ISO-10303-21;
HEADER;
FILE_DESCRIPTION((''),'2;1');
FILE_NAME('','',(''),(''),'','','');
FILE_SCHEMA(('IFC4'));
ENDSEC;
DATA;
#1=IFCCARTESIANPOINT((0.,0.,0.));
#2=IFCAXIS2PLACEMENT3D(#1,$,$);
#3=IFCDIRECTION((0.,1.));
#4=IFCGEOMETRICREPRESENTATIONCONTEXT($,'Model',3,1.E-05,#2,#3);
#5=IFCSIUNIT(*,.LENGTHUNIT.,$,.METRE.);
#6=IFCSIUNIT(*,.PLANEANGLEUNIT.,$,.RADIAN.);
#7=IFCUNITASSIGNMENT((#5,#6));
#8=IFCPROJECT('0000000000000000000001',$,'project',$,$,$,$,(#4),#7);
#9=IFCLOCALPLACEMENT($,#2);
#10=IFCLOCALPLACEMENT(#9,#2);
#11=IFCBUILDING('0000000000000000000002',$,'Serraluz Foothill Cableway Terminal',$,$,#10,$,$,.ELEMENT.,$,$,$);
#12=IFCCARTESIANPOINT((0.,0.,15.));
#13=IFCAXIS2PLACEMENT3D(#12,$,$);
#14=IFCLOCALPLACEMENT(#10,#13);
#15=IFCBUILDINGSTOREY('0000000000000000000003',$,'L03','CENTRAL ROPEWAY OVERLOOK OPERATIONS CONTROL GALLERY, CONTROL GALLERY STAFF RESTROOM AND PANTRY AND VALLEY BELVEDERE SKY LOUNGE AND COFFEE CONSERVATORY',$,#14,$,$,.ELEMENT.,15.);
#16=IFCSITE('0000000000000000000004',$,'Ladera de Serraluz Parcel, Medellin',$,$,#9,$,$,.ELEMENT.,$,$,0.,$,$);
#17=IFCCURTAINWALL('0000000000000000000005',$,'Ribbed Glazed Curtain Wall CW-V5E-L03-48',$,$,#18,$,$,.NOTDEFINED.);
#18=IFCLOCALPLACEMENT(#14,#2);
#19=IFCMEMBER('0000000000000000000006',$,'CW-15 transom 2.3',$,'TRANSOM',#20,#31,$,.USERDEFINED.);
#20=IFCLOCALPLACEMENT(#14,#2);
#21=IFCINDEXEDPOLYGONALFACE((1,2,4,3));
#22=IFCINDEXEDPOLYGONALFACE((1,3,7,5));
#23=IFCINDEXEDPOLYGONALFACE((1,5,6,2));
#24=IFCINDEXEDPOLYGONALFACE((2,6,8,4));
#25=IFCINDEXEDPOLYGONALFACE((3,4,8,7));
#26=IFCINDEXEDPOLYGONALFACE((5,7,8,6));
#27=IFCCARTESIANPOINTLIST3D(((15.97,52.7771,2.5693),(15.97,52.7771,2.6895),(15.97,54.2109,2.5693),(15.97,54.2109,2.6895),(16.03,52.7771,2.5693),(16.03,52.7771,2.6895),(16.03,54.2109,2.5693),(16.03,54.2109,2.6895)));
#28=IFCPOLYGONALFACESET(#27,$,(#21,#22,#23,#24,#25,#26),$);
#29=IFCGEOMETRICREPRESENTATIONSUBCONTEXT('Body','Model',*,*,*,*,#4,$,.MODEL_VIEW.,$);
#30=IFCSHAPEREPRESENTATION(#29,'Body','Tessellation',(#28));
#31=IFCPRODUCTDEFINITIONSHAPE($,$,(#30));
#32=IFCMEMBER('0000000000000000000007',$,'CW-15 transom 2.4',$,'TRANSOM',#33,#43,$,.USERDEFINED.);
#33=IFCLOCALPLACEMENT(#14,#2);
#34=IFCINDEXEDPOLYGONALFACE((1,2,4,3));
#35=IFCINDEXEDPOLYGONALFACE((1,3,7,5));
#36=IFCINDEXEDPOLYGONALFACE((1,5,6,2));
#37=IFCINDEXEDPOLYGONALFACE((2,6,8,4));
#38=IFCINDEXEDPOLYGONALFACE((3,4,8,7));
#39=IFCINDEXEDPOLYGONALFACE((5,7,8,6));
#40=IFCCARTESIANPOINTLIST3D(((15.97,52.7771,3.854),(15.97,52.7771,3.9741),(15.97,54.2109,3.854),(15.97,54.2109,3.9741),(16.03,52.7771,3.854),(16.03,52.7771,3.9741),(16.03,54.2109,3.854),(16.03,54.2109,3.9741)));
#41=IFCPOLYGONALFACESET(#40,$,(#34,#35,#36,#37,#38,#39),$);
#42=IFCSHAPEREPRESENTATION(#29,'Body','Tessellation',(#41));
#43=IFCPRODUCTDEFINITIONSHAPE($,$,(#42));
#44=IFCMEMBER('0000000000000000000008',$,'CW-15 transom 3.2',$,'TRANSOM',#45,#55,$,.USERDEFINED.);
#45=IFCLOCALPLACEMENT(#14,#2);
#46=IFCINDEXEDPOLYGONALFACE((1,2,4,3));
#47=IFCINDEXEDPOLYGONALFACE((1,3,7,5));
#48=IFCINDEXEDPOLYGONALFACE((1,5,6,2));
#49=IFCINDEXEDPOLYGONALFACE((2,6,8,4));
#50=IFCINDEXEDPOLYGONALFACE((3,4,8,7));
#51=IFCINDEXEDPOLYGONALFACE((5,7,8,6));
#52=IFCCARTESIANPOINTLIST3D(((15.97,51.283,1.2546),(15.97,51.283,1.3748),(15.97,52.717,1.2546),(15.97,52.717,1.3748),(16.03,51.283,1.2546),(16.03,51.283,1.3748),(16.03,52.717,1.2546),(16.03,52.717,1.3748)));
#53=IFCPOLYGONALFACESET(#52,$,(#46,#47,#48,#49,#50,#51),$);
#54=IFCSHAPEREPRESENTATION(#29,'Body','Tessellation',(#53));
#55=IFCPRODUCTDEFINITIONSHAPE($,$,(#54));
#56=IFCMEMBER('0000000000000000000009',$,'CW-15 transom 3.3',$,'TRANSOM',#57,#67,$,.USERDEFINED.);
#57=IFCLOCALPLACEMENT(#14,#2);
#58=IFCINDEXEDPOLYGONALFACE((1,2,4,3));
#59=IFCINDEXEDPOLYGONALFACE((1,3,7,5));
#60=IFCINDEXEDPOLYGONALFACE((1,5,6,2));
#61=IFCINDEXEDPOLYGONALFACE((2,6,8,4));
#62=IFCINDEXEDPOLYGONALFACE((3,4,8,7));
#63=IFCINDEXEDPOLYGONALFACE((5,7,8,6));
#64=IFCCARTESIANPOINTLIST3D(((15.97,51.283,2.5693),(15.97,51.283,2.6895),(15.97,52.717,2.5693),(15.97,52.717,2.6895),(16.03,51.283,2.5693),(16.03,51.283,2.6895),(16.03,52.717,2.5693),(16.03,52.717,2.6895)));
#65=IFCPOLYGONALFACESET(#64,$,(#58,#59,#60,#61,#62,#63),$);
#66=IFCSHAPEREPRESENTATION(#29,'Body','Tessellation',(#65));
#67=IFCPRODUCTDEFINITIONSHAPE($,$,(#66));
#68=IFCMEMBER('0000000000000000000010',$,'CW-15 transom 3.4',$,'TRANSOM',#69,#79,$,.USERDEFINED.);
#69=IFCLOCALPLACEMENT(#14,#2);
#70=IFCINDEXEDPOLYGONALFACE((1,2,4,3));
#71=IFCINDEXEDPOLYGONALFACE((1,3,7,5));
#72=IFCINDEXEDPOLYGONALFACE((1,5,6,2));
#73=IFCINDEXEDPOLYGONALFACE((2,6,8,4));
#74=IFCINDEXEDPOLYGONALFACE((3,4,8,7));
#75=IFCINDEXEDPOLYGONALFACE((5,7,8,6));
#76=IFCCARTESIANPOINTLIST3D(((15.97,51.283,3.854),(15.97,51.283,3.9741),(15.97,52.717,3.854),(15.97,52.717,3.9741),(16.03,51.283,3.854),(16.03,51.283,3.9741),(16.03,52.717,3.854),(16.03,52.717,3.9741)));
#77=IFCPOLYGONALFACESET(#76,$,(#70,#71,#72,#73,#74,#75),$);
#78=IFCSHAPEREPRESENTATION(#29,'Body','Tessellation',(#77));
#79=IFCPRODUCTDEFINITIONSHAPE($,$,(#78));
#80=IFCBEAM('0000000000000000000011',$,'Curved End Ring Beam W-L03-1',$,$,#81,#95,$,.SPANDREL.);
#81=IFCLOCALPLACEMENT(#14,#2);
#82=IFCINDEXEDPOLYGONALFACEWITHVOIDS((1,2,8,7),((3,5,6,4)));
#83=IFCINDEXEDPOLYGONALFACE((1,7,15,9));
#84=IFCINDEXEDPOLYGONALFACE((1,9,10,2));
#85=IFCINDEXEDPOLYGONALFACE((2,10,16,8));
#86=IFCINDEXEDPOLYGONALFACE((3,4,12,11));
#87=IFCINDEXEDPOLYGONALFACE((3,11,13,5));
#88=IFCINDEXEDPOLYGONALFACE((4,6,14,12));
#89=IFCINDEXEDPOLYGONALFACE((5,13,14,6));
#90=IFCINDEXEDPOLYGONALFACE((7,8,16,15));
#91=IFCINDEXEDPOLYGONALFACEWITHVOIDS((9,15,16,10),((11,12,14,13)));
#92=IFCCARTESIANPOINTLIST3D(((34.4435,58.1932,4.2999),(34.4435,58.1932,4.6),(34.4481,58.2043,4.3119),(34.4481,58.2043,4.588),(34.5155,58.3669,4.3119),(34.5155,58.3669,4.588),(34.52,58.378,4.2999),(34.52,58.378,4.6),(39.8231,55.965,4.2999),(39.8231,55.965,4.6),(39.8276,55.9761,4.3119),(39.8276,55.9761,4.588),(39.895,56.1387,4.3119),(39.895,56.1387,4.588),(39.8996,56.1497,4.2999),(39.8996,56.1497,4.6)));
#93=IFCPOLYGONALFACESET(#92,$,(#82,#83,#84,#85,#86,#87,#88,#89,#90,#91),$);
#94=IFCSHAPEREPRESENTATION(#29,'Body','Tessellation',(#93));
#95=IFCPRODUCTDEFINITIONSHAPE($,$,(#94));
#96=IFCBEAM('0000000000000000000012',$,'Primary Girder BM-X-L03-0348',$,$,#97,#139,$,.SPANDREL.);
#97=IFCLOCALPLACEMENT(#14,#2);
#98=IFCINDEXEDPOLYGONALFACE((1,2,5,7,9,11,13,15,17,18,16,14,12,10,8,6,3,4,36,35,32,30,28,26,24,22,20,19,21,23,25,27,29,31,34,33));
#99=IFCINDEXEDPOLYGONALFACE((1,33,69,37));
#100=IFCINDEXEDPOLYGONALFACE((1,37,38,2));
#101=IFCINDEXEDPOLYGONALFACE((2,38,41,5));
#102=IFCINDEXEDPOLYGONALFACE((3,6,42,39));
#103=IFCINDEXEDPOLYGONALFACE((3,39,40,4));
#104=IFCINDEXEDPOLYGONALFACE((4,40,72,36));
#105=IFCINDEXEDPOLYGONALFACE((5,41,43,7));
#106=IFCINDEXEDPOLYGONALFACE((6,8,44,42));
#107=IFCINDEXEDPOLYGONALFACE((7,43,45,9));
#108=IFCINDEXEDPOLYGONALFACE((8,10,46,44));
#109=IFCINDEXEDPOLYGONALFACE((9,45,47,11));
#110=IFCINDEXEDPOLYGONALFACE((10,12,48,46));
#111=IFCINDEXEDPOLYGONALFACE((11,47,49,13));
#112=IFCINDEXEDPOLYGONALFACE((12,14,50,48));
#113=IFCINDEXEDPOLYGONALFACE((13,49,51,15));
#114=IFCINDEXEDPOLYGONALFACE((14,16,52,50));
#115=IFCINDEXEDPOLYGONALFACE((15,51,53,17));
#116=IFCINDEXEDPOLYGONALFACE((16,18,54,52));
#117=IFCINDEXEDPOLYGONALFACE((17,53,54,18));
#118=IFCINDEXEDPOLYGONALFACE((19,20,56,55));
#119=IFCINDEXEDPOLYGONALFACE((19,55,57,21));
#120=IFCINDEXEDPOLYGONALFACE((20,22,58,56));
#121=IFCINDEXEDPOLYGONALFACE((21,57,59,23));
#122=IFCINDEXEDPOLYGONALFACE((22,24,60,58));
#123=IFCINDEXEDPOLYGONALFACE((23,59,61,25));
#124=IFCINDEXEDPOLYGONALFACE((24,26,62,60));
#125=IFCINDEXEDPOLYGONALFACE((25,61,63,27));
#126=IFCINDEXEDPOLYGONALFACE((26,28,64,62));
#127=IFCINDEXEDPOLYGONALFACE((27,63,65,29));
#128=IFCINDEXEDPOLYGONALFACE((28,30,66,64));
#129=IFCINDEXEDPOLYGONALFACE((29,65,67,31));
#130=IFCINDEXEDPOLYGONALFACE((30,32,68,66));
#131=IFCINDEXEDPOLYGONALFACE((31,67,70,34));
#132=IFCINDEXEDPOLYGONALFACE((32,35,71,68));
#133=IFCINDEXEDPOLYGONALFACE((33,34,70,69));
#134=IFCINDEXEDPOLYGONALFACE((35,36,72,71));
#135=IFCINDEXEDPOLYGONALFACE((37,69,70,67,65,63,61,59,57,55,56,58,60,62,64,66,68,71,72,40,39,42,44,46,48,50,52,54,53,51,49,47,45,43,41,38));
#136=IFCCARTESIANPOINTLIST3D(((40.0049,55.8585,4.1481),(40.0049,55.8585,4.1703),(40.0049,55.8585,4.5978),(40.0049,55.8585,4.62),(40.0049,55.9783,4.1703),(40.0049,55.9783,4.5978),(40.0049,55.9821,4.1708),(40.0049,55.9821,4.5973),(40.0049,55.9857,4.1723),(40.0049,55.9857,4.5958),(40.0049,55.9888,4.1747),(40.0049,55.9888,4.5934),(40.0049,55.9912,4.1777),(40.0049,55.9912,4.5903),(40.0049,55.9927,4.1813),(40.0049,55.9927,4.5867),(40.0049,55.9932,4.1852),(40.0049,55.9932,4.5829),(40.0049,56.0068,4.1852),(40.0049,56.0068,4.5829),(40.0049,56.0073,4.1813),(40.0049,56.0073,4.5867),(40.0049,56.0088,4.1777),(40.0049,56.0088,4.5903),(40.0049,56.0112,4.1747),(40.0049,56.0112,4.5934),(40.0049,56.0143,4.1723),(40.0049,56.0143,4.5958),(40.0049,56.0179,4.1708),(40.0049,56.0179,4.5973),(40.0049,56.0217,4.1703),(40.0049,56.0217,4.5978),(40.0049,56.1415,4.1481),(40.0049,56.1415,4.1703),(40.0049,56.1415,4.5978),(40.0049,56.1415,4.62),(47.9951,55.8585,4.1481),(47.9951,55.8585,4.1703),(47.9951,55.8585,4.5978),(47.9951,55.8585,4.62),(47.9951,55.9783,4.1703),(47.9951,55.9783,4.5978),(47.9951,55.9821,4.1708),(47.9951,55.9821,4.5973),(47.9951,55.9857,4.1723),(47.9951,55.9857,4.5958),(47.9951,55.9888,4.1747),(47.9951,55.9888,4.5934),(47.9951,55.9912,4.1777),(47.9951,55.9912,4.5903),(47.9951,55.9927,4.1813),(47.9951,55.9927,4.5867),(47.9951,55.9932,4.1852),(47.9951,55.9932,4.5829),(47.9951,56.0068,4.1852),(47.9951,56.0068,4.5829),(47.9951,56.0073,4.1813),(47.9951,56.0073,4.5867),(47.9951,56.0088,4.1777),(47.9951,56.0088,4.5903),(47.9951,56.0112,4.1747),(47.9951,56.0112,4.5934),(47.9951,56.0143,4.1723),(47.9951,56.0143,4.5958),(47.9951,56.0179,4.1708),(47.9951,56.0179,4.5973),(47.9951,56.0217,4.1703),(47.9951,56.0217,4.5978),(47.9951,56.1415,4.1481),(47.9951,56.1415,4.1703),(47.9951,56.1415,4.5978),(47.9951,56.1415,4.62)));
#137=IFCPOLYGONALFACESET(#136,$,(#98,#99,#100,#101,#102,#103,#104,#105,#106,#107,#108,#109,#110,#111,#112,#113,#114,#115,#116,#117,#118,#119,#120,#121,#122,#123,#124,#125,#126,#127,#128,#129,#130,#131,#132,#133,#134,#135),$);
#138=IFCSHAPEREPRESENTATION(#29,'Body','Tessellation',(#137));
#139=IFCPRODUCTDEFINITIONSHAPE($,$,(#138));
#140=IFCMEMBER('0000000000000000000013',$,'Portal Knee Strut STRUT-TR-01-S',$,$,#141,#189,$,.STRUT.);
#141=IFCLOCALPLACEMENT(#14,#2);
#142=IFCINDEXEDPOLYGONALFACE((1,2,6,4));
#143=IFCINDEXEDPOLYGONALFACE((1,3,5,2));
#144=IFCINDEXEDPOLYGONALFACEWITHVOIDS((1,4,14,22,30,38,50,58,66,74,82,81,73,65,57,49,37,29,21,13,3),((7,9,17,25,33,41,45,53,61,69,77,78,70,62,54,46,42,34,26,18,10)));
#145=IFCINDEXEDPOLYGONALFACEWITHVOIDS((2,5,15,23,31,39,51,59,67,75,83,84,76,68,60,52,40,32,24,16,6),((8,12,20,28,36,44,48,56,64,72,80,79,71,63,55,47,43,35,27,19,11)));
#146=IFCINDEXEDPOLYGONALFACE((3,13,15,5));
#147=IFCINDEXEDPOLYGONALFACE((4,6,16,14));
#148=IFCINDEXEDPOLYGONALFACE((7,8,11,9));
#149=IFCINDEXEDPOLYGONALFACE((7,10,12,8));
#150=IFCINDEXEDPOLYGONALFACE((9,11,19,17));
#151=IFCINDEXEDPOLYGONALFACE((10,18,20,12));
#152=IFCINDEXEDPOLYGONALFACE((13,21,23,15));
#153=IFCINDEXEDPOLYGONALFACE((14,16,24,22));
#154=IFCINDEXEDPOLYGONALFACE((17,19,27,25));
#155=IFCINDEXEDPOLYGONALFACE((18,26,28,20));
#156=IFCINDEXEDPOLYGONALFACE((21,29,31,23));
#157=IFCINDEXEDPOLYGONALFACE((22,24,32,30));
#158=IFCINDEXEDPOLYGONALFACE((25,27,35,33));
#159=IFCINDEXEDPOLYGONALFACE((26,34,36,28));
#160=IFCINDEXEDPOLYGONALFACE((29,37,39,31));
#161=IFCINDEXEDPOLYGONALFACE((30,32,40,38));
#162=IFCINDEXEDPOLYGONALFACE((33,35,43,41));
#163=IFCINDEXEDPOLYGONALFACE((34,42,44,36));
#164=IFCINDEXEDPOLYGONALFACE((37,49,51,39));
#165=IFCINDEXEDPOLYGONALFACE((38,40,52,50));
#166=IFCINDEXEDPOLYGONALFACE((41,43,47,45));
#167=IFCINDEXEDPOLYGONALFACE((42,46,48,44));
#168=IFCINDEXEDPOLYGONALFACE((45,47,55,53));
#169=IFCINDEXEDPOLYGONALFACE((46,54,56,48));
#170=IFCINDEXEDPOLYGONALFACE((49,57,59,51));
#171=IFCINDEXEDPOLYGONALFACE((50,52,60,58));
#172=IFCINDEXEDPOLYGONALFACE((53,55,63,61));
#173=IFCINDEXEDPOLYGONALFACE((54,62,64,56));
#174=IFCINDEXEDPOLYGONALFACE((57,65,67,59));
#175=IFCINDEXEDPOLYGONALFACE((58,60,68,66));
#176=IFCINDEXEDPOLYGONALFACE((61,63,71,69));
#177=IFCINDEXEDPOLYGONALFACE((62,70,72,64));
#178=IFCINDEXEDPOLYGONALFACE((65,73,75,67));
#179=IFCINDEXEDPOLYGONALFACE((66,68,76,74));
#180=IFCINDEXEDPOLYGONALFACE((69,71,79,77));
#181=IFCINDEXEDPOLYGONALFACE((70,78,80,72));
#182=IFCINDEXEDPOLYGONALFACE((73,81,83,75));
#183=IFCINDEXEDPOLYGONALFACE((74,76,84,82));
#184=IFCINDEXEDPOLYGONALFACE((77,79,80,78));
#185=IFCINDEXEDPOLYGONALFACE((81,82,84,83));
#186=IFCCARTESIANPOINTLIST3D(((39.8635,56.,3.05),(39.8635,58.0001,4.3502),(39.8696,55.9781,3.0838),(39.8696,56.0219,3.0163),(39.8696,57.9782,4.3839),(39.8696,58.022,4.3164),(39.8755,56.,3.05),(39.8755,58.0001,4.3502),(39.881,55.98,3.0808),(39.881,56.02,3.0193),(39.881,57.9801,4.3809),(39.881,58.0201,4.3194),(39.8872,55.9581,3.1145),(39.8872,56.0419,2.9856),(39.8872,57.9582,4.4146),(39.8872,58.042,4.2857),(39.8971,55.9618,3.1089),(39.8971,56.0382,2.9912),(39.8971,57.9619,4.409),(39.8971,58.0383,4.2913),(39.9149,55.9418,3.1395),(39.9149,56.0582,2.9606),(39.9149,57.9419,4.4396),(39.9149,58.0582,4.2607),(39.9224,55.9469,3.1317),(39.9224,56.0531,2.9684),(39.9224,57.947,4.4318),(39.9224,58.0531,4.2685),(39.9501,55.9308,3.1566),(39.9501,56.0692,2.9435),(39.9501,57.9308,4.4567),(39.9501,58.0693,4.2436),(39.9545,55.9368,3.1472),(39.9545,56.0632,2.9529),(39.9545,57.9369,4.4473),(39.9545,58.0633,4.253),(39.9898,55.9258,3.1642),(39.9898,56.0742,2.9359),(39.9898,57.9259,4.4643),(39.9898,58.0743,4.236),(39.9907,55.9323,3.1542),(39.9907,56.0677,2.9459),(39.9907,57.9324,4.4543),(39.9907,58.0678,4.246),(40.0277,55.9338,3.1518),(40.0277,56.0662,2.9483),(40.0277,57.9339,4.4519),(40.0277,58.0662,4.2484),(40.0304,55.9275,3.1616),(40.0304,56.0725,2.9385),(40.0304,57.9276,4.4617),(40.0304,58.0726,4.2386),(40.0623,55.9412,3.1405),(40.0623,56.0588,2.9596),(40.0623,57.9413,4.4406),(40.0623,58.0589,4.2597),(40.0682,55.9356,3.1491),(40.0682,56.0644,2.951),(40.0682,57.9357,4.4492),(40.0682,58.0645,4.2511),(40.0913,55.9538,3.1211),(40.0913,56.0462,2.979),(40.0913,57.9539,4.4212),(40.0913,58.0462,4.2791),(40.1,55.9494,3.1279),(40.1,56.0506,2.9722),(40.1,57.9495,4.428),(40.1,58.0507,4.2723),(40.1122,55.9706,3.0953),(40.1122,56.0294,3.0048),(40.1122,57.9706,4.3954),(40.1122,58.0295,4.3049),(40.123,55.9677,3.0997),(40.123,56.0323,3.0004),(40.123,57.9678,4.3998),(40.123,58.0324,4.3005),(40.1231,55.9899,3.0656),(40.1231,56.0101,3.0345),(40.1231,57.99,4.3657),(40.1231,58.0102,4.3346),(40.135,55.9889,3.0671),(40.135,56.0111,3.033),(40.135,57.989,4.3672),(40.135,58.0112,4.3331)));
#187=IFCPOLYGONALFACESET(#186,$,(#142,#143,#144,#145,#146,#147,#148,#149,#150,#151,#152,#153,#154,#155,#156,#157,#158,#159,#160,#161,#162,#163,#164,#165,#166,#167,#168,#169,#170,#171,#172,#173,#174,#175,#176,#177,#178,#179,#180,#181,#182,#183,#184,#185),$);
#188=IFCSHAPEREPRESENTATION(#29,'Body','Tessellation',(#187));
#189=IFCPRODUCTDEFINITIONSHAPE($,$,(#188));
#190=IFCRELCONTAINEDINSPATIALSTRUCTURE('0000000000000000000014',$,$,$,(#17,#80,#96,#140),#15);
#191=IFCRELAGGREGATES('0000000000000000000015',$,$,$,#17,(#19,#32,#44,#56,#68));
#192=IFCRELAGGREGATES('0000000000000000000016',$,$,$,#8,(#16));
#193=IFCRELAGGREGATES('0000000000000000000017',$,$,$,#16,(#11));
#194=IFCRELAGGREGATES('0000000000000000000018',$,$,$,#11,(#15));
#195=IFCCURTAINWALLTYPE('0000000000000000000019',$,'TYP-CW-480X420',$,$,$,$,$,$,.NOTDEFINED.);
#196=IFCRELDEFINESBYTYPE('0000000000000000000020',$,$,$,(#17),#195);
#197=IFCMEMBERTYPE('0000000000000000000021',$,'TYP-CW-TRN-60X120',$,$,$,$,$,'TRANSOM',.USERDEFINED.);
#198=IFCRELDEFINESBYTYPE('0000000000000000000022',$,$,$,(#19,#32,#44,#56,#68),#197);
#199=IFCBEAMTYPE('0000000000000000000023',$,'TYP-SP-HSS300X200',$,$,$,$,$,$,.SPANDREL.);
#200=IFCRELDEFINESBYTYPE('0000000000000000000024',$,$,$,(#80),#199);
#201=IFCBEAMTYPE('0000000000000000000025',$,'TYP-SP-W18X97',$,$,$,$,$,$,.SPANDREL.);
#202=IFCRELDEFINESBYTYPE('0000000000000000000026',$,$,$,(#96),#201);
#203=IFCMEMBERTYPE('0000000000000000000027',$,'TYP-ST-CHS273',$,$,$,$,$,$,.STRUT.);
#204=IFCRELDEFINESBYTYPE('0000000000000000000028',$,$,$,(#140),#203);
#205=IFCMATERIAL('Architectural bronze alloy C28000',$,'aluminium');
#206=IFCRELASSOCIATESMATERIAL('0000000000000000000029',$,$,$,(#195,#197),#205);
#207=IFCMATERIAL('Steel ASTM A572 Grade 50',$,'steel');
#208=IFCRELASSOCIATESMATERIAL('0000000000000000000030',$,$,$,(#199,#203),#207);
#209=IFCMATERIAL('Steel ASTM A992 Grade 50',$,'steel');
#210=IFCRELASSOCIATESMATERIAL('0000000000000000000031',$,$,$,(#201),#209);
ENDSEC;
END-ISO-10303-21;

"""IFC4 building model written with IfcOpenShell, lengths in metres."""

from ifc_helpers import new_model, si_unit, direction, frame, origin, origin_2d, place, context, subcontext, project, spatial, rectangle, hollow_rectangle, hollow_circle, i_section, extrude, material, material_profile, profile_set, type_object, element, aggregate, save


model = new_model("IFC4")

# Units and contexts
model_context = context("Model", 3, precision=1e-05, world=origin(), true_north=direction((0.0, 1.0)))
body_context = subcontext(model_context, "Body", "Model", "MODEL_VIEW")
ifc_project = project(units=[si_unit("LENGTHUNIT", "METRE"), si_unit("PLANEANGLEUNIT", "RADIAN")], contexts=[model_context])

# Site, building, storey
site_placement = place(None, origin())
site = spatial("IfcSite", under=ifc_project, at=site_placement, Name="Ladera de Serraluz Parcel, Medellin", CompositionType="ELEMENT", RefElevation=0.0)
building_placement = place(site_placement, origin())
building = spatial("IfcBuilding", under=site, at=building_placement, Name="Serraluz Foothill Cableway Terminal", CompositionType="ELEMENT")
storey_placement = place(building_placement, frame((0.0, 0.0, 15.0)))
storey = spatial("IfcBuildingStorey", under=building, at=storey_placement, Name="L03", Description="CENTRAL ROPEWAY OVERLOOK OPERATIONS CONTROL GALLERY, CONTROL GALLERY STAFF RESTROOM AND PANTRY AND VALLEY BELVEDERE SKY LOUNGE AND COFFEE CONSERVATORY", CompositionType="ELEMENT", Elevation=15.0)

# Shared definitions
ifc_material_1 = material(Name="Steel ASTM A572 Grade 50", Category="steel")
ifc_material_2 = material(Name="Steel ASTM A992 Grade 50", Category="steel")

# Shared definitions
ifc_material_3 = material(Name="Architectural bronze alloy C28000", Category="aluminium")

# Curtain wall
curtain_wall_type_1 = type_object("IfcCurtainWallType", Name="TYP-CW-480X420", PredefinedType="NOTDEFINED", material=ifc_material_3)
curtain_wall_1_placement = place(storey_placement, origin())
curtain_wall_1 = element("IfcCurtainWall", 1, at=curtain_wall_1_placement, inside=storey, type_object=curtain_wall_type_1, Name="Ribbed Glazed Curtain Wall CW-V5E-L03-48", PredefinedType="NOTDEFINED")

# Members
ifc_material_profile_1 = material_profile(ifc_material_3, rectangle(XDim=0.0601, YDim=0.1201, at=origin_2d()), Name="ALU TRANSOM 60x120")
ifc_profile_set_1 = profile_set([ifc_material_profile_1], Name="Architectural bronze alloy C28000")
member_type_1 = type_object("IfcMemberType", Name="TYP-CW-TRN-60X120", ElementType="TRANSOM", PredefinedType="USERDEFINED", material=ifc_profile_set_1)
member_1_placement = place(storey_placement, frame((16.0, 54.2109, 2.6294), z_axis=(0.0, -1.0, 0.0), x_axis=(1.0, 0.0, 0.0)))
member_1 = element("IfcMember", 2, at=member_1_placement, type_object=member_type_1, Name="CW-15 transom 2.3", ObjectType="TRANSOM", PredefinedType="USERDEFINED", context=body_context, shape_type="SweptSolid", body=[
    extrude(rectangle(XDim=0.0601, YDim=0.1201, at=origin_2d()), origin(), (0.0, 0.0, 1.0), 1.4338),
])
member_2_placement = place(storey_placement, frame((16.0, 54.2109, 3.9141), z_axis=(0.0, -1.0, 0.0), x_axis=(1.0, 0.0, 0.0)))
member_2 = element("IfcMember", 3, at=member_2_placement, type_object=member_type_1, Name="CW-15 transom 2.4", ObjectType="TRANSOM", PredefinedType="USERDEFINED", context=body_context, shape_type="SweptSolid", body=[
    extrude(rectangle(XDim=0.0601, YDim=0.1201, at=origin_2d()), origin(), (0.0, 0.0, 1.0), 1.4338),
])
member_3_placement = place(storey_placement, frame((16.0, 52.717, 1.3147), z_axis=(0.0, -1.0, 0.0), x_axis=(1.0, 0.0, 0.0)))
member_3 = element("IfcMember", 4, at=member_3_placement, type_object=member_type_1, Name="CW-15 transom 3.2", ObjectType="TRANSOM", PredefinedType="USERDEFINED", context=body_context, shape_type="SweptSolid", body=[
    extrude(rectangle(XDim=0.0601, YDim=0.1201, at=origin_2d()), origin(), (0.0, 0.0, 1.0), 1.4341),
])
member_4_placement = place(storey_placement, frame((16.0, 52.717, 2.6294), z_axis=(0.0, -1.0, 0.0), x_axis=(1.0, 0.0, 0.0)))
member_4 = element("IfcMember", 5, at=member_4_placement, type_object=member_type_1, Name="CW-15 transom 3.3", ObjectType="TRANSOM", PredefinedType="USERDEFINED", context=body_context, shape_type="SweptSolid", body=[
    extrude(rectangle(XDim=0.0601, YDim=0.1201, at=origin_2d()), origin(), (0.0, 0.0, 1.0), 1.4341),
])
member_5_placement = place(storey_placement, frame((16.0, 52.717, 3.9141), z_axis=(0.0, -1.0, 0.0), x_axis=(1.0, 0.0, 0.0)))
member_5 = element("IfcMember", 6, at=member_5_placement, type_object=member_type_1, Name="CW-15 transom 3.4", ObjectType="TRANSOM", PredefinedType="USERDEFINED", context=body_context, shape_type="SweptSolid", body=[
    extrude(rectangle(XDim=0.0601, YDim=0.1201, at=origin_2d()), origin(), (0.0, 0.0, 1.0), 1.4341),
])

# Beams
ifc_material_profile_2 = material_profile(ifc_material_1, hollow_rectangle(XDim=0.2, YDim=0.3, WallThickness=0.012, at=origin_2d()), Name="HSS300X200X12")
ifc_profile_set_2 = profile_set([ifc_material_profile_2], Name="Steel ASTM A572 Grade 50")
beam_type_1 = type_object("IfcBeamType", Name="TYP-SP-HSS300X200", PredefinedType="SPANDREL", material=ifc_profile_set_2)
beam_1_placement = place(storey_placement, frame((39.8613, 56.0574, 4.45), z_axis=(-0.923882, 0.382676, 0.0), x_axis=(-0.382676, -0.923882, 0.0)))
element("IfcBeam", 7, at=beam_1_placement, inside=storey, type_object=beam_type_1, Name="Curved End Ring Beam W-L03-1", PredefinedType="SPANDREL", context=body_context, shape_type="SweptSolid", body=[
    extrude(hollow_rectangle(XDim=0.2, YDim=0.3, WallThickness=0.012, at=origin_2d()), origin(), (0.0, 0.0, 1.0), 5.8228),
])
ifc_material_profile_3 = material_profile(ifc_material_2, i_section(OverallWidth=0.283, OverallDepth=0.4719, WebThickness=0.0137, FlangeThickness=0.0222, FilletRadius=0.0149, at=origin_2d()), Name="W18X97")
ifc_profile_set_3 = profile_set([ifc_material_profile_3], Name="Steel ASTM A992 Grade 50")
beam_type_2 = type_object("IfcBeamType", Name="TYP-SP-W18X97", PredefinedType="SPANDREL", material=ifc_profile_set_3)
beam_2_placement = place(storey_placement, frame((40.0049, 56.0, 4.384), z_axis=(1.0, 0.0, 0.0), x_axis=(0.0, 1.0, 0.0)))
element("IfcBeam", 8, at=beam_2_placement, inside=storey, type_object=beam_type_2, Name="Primary Girder BM-X-L03-0348", PredefinedType="SPANDREL", context=body_context, shape_type="SweptSolid", body=[
    extrude(i_section(OverallWidth=0.283, OverallDepth=0.4719, WebThickness=0.0137, FlangeThickness=0.0222, FilletRadius=0.0149, at=origin_2d()), origin(), (0.0, 0.0, 1.0), 7.9902),
])

# Member
ifc_material_profile_4 = material_profile(ifc_material_1, hollow_circle(Radius=0.1365, WallThickness=0.012, at=origin_2d()), Name="CHS273X12")
ifc_profile_set_4 = profile_set([ifc_material_profile_4], Name="Steel ASTM A572 Grade 50")
member_type_2 = type_object("IfcMemberType", Name="TYP-ST-CHS273", PredefinedType="STRUT", material=ifc_profile_set_4)
member_6_placement = place(storey_placement, frame((40.0, 56.0, 3.05), z_axis=(0.0, 0.838434, 0.545003), x_axis=(-1.0, 0.0, 0.0)))
element("IfcMember", 9, at=member_6_placement, inside=storey, type_object=member_type_2, Name="Portal Knee Strut STRUT-TR-01-S", PredefinedType="STRUT", context=body_context, shape_type="SweptSolid", body=[
    extrude(hollow_circle(Radius=0.1365, WallThickness=0.012, at=origin_2d()), origin(), (0.0, 0.0, 1.0), 2.3855),
])

aggregate(curtain_wall_1, [member_1, member_2, member_3, member_4, member_5])

save(model, "model.ifc")
